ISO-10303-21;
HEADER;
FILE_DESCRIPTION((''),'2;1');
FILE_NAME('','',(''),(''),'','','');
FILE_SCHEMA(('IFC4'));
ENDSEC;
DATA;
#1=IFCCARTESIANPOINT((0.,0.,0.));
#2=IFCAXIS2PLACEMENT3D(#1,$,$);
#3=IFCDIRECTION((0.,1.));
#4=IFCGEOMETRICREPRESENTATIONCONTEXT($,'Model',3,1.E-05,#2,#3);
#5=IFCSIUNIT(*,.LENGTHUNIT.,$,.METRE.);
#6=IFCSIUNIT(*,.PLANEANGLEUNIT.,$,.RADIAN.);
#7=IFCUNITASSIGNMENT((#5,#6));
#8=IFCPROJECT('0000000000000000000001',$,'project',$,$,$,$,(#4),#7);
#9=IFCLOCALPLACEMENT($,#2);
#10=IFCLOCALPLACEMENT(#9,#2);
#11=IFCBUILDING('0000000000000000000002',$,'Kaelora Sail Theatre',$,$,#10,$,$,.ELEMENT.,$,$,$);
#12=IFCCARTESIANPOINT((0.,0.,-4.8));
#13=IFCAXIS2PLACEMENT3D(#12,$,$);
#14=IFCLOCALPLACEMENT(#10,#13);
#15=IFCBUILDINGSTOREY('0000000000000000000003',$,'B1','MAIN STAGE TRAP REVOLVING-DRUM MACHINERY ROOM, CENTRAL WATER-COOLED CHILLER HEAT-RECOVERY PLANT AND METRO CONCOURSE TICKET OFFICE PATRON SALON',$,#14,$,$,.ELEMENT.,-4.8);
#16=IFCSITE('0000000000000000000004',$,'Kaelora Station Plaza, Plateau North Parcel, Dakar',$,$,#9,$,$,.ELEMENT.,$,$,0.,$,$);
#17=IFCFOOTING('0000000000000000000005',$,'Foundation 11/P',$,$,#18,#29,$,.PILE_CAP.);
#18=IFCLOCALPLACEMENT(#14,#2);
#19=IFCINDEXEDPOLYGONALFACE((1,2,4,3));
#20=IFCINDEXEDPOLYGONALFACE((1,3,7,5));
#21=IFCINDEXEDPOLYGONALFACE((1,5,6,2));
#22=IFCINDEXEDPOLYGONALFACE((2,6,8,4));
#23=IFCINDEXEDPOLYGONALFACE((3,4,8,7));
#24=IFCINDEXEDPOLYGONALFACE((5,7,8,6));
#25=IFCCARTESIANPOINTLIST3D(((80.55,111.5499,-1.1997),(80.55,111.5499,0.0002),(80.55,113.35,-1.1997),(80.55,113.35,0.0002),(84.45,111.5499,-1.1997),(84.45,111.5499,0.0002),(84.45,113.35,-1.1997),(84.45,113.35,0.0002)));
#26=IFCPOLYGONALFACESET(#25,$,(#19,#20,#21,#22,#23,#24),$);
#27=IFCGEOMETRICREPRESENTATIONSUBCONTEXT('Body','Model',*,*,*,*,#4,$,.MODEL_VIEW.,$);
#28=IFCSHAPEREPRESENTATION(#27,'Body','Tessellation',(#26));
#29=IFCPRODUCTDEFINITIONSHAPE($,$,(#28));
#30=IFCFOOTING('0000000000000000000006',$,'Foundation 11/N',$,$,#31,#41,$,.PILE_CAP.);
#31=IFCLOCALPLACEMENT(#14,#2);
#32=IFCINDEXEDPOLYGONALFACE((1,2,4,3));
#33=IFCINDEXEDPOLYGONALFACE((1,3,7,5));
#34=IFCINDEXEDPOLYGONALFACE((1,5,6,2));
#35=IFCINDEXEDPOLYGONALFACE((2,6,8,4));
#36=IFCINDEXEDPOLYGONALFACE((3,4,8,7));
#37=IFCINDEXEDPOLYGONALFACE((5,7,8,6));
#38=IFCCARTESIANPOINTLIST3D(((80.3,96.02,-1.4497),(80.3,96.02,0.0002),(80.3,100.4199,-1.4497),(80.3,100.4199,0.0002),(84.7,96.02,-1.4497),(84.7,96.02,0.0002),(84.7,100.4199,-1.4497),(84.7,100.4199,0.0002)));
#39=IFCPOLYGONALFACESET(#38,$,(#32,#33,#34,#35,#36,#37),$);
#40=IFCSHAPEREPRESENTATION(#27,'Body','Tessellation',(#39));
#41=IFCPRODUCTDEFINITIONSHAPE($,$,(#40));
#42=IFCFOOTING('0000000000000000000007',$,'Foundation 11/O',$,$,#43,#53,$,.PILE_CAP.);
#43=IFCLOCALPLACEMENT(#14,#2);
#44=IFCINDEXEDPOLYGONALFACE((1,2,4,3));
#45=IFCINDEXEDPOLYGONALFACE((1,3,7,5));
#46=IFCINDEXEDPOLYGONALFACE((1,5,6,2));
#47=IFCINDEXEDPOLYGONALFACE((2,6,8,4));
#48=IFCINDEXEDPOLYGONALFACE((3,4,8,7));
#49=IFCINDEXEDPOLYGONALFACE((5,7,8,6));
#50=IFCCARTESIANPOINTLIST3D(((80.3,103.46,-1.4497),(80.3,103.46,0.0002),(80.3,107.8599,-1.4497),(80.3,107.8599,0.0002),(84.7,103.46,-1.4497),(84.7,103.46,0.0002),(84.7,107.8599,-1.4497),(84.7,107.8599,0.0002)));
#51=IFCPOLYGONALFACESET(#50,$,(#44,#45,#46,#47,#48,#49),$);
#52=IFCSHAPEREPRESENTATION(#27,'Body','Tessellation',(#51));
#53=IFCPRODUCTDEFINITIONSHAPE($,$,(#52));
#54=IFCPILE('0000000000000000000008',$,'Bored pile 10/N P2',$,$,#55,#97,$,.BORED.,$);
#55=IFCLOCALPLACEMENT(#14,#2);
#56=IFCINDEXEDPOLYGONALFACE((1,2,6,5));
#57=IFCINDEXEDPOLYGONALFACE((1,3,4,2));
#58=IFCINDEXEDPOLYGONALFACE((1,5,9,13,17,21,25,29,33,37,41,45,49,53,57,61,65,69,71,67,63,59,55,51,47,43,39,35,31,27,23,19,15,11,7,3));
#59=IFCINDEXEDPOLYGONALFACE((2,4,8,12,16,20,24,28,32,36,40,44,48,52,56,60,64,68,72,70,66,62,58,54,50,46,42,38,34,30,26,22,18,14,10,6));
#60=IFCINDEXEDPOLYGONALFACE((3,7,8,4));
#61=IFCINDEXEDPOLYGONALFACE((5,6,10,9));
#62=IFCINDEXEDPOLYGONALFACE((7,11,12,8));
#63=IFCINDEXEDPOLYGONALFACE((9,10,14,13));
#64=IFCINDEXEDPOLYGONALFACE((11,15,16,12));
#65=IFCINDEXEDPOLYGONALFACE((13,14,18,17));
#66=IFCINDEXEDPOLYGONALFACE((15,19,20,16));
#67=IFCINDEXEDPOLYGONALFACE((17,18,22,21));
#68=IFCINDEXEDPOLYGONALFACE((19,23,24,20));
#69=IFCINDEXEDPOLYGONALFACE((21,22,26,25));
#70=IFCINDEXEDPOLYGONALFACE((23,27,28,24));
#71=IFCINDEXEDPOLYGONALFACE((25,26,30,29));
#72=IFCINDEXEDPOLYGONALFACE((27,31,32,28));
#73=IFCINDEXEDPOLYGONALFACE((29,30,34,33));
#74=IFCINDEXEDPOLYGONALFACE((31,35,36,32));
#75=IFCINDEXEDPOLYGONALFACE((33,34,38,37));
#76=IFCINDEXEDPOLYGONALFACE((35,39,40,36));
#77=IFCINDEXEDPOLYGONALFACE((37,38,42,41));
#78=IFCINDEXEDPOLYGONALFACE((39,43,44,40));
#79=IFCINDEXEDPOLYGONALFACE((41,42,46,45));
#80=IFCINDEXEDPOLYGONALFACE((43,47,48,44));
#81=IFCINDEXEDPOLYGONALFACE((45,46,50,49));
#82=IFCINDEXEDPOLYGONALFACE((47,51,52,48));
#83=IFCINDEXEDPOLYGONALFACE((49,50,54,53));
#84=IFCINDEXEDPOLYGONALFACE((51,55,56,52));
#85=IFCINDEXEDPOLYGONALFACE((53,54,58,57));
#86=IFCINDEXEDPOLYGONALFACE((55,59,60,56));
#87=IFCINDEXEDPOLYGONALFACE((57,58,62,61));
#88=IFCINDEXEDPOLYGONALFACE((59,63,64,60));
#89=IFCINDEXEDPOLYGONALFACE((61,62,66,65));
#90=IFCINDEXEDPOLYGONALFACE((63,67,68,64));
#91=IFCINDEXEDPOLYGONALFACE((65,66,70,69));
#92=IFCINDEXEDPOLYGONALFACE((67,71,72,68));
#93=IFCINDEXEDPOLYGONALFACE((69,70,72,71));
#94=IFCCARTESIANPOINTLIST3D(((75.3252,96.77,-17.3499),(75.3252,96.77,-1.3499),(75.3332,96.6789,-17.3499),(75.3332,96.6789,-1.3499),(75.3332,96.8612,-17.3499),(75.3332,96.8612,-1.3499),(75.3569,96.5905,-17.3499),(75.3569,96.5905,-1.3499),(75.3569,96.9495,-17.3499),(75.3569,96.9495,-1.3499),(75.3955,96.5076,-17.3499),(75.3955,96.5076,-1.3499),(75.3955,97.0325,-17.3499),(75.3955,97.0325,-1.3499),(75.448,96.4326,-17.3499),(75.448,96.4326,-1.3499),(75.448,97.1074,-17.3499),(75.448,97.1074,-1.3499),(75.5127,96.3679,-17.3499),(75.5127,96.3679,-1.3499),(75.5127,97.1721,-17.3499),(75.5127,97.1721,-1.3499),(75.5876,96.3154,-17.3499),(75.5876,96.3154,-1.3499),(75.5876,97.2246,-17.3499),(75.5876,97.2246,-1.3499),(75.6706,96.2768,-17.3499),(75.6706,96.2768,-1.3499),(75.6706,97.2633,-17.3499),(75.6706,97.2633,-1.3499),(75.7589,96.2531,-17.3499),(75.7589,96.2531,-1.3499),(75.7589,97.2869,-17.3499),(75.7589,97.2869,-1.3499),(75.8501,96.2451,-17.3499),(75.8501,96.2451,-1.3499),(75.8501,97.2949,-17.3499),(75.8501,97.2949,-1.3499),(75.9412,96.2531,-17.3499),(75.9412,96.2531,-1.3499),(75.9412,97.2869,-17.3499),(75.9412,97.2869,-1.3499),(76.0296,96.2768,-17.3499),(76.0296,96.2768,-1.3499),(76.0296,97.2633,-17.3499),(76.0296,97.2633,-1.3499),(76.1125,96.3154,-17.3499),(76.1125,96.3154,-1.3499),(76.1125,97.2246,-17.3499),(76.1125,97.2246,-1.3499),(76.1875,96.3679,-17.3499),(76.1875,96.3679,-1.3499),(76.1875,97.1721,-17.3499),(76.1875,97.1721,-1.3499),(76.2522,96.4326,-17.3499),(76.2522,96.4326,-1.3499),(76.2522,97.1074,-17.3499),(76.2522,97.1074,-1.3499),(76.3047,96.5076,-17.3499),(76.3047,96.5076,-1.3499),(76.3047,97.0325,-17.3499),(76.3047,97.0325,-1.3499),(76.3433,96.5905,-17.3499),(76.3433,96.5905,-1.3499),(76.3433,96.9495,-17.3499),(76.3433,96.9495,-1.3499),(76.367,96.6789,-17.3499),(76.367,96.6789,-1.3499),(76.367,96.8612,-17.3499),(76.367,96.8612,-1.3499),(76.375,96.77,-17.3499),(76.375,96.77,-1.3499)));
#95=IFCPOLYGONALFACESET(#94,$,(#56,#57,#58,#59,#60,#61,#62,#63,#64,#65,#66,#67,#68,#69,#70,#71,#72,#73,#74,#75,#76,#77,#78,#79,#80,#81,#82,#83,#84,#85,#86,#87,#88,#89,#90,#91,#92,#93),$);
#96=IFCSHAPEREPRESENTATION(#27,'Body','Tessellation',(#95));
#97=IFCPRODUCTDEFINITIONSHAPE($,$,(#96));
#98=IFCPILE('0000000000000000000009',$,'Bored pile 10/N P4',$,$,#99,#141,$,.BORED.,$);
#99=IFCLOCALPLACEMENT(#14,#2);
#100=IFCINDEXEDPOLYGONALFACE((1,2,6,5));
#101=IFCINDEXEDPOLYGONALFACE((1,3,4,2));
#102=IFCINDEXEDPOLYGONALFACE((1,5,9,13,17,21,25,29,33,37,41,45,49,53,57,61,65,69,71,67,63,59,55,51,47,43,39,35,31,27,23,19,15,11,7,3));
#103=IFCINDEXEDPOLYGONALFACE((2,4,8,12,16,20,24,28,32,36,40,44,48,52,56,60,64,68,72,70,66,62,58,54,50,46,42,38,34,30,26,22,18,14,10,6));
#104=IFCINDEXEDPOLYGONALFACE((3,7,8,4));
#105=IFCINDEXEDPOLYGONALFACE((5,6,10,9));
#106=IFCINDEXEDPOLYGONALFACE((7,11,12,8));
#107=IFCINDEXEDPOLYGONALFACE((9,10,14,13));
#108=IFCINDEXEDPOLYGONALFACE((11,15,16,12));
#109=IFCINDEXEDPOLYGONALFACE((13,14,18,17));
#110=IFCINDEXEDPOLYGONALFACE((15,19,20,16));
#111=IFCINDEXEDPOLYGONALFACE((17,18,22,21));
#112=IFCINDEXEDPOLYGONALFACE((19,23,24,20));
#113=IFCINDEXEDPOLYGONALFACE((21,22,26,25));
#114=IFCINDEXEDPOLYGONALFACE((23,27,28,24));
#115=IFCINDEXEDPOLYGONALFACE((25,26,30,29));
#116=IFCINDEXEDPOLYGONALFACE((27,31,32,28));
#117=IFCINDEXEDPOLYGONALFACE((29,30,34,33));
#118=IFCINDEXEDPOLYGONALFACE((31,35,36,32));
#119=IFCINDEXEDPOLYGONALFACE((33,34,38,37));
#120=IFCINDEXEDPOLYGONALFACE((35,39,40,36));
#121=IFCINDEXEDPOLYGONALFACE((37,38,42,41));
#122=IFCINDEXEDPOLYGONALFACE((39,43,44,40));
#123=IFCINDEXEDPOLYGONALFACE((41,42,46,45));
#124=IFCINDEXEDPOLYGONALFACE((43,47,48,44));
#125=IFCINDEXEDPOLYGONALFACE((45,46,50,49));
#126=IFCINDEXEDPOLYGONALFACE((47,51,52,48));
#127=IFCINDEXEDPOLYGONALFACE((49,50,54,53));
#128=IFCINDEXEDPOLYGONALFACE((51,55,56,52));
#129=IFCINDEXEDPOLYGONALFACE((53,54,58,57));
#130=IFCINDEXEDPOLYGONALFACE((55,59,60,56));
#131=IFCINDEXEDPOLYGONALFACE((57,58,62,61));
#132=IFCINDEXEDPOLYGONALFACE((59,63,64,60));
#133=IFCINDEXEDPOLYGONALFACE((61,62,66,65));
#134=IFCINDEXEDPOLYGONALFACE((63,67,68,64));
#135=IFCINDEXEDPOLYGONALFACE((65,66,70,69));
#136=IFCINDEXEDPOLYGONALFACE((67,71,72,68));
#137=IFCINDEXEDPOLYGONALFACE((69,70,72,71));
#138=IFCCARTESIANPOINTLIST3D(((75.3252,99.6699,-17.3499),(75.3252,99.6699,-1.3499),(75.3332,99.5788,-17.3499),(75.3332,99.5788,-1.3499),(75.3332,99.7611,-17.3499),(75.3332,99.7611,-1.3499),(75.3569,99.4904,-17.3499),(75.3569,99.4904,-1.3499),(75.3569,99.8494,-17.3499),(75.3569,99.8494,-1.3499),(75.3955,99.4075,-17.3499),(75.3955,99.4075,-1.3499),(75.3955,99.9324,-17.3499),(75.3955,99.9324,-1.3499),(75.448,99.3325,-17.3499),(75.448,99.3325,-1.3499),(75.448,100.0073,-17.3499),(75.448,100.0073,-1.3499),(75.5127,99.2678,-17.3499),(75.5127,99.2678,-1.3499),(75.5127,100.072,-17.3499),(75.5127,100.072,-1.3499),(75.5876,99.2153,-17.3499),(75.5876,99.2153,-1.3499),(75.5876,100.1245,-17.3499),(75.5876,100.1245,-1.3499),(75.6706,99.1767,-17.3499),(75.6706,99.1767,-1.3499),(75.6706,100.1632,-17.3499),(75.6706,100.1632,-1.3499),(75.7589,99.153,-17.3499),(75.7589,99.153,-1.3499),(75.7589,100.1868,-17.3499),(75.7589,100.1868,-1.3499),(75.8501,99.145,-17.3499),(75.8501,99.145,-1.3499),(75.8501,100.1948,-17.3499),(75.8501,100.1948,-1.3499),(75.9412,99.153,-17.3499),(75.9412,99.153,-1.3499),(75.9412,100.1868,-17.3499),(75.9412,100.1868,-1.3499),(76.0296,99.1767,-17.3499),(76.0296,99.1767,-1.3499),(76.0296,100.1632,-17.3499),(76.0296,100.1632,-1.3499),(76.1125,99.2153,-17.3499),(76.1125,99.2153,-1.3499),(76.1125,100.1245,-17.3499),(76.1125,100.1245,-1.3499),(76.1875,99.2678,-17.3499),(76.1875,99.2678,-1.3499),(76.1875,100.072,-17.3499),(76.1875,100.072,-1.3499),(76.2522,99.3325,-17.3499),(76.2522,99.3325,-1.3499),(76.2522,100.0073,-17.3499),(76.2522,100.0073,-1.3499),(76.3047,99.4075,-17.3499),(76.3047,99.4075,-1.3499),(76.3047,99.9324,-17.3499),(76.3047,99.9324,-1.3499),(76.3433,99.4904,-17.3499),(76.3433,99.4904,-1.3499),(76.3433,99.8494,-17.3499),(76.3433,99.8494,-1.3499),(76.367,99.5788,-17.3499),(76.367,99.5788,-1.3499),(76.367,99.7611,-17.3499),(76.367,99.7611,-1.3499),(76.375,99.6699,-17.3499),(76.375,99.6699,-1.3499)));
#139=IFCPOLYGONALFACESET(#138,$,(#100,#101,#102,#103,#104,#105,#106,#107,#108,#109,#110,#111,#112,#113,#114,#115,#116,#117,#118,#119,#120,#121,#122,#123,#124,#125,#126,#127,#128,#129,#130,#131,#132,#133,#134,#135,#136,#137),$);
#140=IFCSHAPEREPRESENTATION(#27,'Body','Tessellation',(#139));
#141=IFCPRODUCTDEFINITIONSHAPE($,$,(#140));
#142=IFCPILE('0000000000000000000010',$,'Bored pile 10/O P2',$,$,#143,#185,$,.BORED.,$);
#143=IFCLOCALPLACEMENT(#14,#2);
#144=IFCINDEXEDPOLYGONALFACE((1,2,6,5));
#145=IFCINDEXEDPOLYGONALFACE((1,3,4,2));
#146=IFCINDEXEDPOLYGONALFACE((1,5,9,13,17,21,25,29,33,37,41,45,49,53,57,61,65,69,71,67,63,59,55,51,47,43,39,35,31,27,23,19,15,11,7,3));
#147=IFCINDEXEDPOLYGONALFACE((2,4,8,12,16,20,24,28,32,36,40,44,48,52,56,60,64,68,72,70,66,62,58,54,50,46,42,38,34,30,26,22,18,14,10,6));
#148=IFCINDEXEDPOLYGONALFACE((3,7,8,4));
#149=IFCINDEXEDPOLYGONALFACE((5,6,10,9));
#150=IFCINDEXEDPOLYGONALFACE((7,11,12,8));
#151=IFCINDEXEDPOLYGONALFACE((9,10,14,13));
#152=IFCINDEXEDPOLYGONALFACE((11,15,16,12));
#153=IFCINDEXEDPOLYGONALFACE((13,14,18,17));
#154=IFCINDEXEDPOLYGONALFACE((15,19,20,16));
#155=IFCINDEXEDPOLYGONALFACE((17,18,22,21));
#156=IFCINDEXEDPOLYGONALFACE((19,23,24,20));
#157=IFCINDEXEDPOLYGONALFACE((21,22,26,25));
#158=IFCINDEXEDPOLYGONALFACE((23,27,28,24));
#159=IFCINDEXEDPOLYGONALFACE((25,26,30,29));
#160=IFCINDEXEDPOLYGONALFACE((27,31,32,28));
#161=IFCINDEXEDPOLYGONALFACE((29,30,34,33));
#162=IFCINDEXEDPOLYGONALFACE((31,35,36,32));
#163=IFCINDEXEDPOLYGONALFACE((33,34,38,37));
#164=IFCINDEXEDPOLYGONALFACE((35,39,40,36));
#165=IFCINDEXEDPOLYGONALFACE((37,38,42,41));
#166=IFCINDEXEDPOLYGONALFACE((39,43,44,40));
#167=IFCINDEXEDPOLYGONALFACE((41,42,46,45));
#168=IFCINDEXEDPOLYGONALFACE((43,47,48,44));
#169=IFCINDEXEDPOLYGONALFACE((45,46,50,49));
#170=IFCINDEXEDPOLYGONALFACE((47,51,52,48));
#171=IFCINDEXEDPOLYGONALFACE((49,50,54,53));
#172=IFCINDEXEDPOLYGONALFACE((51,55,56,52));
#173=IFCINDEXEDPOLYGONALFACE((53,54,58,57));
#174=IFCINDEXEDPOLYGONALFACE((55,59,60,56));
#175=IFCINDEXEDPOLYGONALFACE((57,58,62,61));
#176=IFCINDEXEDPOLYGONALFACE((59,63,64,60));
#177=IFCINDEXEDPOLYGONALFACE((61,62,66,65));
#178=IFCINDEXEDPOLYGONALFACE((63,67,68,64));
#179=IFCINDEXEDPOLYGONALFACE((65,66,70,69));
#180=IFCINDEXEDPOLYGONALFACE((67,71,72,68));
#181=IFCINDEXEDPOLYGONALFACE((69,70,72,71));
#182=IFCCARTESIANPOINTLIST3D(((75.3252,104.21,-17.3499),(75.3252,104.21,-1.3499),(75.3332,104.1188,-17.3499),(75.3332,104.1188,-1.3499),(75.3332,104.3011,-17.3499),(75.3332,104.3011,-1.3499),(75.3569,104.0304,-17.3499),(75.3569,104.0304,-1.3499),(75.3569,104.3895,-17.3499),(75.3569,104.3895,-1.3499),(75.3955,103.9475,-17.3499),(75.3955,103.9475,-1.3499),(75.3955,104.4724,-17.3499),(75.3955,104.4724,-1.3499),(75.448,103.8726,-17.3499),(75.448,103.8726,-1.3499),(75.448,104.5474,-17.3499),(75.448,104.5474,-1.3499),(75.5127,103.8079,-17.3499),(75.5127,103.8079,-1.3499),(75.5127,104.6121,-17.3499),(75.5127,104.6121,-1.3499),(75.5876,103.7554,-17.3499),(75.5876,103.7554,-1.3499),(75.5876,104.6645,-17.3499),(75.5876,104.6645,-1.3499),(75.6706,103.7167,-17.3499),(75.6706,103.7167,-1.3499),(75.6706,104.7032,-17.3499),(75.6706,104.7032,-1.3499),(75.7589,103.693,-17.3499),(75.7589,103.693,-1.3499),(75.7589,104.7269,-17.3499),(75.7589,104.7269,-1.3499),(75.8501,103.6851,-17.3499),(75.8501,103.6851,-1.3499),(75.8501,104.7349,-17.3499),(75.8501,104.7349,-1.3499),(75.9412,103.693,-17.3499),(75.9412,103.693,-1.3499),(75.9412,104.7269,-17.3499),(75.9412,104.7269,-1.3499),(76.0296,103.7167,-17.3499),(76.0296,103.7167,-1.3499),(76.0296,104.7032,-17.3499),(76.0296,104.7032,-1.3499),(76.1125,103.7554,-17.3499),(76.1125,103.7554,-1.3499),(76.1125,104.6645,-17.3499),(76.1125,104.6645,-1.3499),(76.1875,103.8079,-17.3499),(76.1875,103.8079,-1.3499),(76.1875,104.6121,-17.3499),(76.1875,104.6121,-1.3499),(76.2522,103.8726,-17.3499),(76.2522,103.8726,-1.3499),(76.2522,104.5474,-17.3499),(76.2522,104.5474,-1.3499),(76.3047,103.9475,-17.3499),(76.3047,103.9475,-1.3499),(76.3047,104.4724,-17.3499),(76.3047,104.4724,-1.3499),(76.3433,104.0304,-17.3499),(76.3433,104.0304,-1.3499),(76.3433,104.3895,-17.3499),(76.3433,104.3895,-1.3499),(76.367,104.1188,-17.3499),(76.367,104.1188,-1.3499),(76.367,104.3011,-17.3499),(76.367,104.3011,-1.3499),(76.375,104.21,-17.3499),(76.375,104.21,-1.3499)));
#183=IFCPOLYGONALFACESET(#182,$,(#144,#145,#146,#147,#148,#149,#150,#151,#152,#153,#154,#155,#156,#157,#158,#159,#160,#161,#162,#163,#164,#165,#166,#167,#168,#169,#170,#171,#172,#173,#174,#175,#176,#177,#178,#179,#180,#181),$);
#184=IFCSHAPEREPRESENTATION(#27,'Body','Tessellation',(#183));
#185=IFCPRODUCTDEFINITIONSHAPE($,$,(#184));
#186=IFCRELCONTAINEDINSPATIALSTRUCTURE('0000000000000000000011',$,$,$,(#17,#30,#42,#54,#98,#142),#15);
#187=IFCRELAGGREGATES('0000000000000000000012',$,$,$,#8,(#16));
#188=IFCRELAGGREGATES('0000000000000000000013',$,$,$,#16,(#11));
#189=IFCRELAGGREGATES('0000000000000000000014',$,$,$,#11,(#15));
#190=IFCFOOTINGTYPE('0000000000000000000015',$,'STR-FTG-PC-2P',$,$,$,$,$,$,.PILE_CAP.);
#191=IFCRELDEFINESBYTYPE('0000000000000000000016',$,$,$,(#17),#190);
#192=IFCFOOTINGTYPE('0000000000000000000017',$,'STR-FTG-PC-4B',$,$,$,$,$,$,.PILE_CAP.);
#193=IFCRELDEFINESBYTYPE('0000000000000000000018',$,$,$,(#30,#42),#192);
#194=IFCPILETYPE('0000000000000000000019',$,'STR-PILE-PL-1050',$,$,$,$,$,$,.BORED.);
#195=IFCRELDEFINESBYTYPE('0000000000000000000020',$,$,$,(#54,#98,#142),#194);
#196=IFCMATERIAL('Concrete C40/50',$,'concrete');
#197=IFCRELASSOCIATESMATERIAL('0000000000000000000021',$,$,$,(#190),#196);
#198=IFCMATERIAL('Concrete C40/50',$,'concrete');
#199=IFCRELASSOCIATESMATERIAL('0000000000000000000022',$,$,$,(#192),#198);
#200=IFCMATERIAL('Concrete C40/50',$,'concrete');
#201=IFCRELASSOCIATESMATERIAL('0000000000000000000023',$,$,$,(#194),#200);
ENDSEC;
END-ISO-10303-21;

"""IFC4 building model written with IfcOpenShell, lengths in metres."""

from ifc_helpers import new_model, si_unit, direction, frame, origin, origin_2d, place, context, subcontext, project, spatial, rectangle, circle, extrude, material, material_profile, profile_set, type_object, element, save


model = new_model("IFC4")

# Units and contexts
model_context = context("Model", 3, precision=1e-05, world=origin(), true_north=direction((0.0, 1.0)))
body_context = subcontext(model_context, "Body", "Model", "MODEL_VIEW")
ifc_project = project(units=[si_unit("LENGTHUNIT", "METRE"), si_unit("PLANEANGLEUNIT", "RADIAN")], contexts=[model_context])

# Site, building, storey
site_placement = place(None, origin())
site = spatial("IfcSite", under=ifc_project, at=site_placement, Name="Kaelora Station Plaza, Plateau North Parcel, Dakar", CompositionType="ELEMENT", RefElevation=0.0)
building_placement = place(site_placement, origin())
building = spatial("IfcBuilding", under=site, at=building_placement, Name="Kaelora Sail Theatre", CompositionType="ELEMENT")
storey_placement = place(building_placement, frame((0.0, 0.0, -4.8)))
storey = spatial("IfcBuildingStorey", under=building, at=storey_placement, Name="B1", Description="MAIN STAGE TRAP REVOLVING-DRUM MACHINERY ROOM, CENTRAL WATER-COOLED CHILLER HEAT-RECOVERY PLANT AND METRO CONCOURSE TICKET OFFICE PATRON SALON", CompositionType="ELEMENT", Elevation=-4.8)

# Footings
ifc_material_1 = material(Name="Concrete C40/50", Category="concrete")
footing_type_1 = type_object("IfcFootingType", Name="STR-FTG-PC-2P", PredefinedType="PILE_CAP", material=ifc_material_1)
footing_placement = place(storey_placement, frame((82.5, 112.45, -1.1997), z_axis=(0.0, 0.0, 1.0), x_axis=(1.0, 0.0, 0.0)))
element("IfcFooting", 1, at=footing_placement, inside=storey, type_object=footing_type_1, Name="Foundation 11/P", PredefinedType="PILE_CAP", context=body_context, shape_type="SweptSolid", body=[
    extrude(rectangle(XDim=3.8999, YDim=1.8, at=origin_2d()), origin(), (0.0, 0.0, 1.0), 1.2),
])
ifc_material_2 = material(Name="Concrete C40/50", Category="concrete")
footing_type_2 = type_object("IfcFootingType", Name="STR-FTG-PC-4B", PredefinedType="PILE_CAP", material=ifc_material_2)
for number, where, z_axis, x_axis, name in (
    (2, (82.5, 98.22, -1.4497), (0.0, 0.0, 1.0), (1.0, 0.0, 0.0), "Foundation 11/N"),
    (3, (82.5, 105.6599, -1.4497), (0.0, 0.0, 1.0), (1.0, 0.0, 0.0), "Foundation 11/O"),
):
    element("IfcFooting", number, at=place(storey_placement, frame(where, z_axis=z_axis, x_axis=x_axis)), inside=storey, type_object=footing_type_2, Name=name, PredefinedType="PILE_CAP", context=body_context, shape_type="SweptSolid", body=[
        extrude(rectangle(XDim=4.3999, YDim=4.3999, at=origin_2d()), origin(), (0.0, 0.0, 1.0), 1.45),
    ])

# Piles
ifc_material_3 = material(Name="Concrete C40/50", Category="concrete")
ifc_material_profile_1 = material_profile(ifc_material_3, circle(Radius=0.5249, at=origin_2d()), Name="PILE D1050")
ifc_profile_set_1 = profile_set([ifc_material_profile_1], Name="Concrete C40/50")
pile_type_1 = type_object("IfcPileType", Name="STR-PILE-PL-1050", PredefinedType="BORED", material=ifc_profile_set_1)
for number, where, z_axis, x_axis, name in (
    (4, (75.8501, 96.77, -1.3499), (0.0, 0.0, -1.0), (1.0, 0.0, 0.0), "Bored pile 10/N P2"),
    (5, (75.8501, 99.6699, -1.3499), (0.0, 0.0, -1.0), (1.0, 0.0, 0.0), "Bored pile 10/N P4"),
    (6, (75.8501, 104.21, -1.3499), (0.0, 0.0, -1.0), (1.0, 0.0, 0.0), "Bored pile 10/O P2"),
):
    element("IfcPile", number, at=place(storey_placement, frame(where, z_axis=z_axis, x_axis=x_axis)), inside=storey, type_object=pile_type_1, Name=name, PredefinedType="BORED", context=body_context, shape_type="SweptSolid", body=[
        extrude(circle(Radius=0.5249, at=origin_2d()), origin(), (0.0, 0.0, 1.0), 16.0),
    ])

save(model, "model.ifc")
